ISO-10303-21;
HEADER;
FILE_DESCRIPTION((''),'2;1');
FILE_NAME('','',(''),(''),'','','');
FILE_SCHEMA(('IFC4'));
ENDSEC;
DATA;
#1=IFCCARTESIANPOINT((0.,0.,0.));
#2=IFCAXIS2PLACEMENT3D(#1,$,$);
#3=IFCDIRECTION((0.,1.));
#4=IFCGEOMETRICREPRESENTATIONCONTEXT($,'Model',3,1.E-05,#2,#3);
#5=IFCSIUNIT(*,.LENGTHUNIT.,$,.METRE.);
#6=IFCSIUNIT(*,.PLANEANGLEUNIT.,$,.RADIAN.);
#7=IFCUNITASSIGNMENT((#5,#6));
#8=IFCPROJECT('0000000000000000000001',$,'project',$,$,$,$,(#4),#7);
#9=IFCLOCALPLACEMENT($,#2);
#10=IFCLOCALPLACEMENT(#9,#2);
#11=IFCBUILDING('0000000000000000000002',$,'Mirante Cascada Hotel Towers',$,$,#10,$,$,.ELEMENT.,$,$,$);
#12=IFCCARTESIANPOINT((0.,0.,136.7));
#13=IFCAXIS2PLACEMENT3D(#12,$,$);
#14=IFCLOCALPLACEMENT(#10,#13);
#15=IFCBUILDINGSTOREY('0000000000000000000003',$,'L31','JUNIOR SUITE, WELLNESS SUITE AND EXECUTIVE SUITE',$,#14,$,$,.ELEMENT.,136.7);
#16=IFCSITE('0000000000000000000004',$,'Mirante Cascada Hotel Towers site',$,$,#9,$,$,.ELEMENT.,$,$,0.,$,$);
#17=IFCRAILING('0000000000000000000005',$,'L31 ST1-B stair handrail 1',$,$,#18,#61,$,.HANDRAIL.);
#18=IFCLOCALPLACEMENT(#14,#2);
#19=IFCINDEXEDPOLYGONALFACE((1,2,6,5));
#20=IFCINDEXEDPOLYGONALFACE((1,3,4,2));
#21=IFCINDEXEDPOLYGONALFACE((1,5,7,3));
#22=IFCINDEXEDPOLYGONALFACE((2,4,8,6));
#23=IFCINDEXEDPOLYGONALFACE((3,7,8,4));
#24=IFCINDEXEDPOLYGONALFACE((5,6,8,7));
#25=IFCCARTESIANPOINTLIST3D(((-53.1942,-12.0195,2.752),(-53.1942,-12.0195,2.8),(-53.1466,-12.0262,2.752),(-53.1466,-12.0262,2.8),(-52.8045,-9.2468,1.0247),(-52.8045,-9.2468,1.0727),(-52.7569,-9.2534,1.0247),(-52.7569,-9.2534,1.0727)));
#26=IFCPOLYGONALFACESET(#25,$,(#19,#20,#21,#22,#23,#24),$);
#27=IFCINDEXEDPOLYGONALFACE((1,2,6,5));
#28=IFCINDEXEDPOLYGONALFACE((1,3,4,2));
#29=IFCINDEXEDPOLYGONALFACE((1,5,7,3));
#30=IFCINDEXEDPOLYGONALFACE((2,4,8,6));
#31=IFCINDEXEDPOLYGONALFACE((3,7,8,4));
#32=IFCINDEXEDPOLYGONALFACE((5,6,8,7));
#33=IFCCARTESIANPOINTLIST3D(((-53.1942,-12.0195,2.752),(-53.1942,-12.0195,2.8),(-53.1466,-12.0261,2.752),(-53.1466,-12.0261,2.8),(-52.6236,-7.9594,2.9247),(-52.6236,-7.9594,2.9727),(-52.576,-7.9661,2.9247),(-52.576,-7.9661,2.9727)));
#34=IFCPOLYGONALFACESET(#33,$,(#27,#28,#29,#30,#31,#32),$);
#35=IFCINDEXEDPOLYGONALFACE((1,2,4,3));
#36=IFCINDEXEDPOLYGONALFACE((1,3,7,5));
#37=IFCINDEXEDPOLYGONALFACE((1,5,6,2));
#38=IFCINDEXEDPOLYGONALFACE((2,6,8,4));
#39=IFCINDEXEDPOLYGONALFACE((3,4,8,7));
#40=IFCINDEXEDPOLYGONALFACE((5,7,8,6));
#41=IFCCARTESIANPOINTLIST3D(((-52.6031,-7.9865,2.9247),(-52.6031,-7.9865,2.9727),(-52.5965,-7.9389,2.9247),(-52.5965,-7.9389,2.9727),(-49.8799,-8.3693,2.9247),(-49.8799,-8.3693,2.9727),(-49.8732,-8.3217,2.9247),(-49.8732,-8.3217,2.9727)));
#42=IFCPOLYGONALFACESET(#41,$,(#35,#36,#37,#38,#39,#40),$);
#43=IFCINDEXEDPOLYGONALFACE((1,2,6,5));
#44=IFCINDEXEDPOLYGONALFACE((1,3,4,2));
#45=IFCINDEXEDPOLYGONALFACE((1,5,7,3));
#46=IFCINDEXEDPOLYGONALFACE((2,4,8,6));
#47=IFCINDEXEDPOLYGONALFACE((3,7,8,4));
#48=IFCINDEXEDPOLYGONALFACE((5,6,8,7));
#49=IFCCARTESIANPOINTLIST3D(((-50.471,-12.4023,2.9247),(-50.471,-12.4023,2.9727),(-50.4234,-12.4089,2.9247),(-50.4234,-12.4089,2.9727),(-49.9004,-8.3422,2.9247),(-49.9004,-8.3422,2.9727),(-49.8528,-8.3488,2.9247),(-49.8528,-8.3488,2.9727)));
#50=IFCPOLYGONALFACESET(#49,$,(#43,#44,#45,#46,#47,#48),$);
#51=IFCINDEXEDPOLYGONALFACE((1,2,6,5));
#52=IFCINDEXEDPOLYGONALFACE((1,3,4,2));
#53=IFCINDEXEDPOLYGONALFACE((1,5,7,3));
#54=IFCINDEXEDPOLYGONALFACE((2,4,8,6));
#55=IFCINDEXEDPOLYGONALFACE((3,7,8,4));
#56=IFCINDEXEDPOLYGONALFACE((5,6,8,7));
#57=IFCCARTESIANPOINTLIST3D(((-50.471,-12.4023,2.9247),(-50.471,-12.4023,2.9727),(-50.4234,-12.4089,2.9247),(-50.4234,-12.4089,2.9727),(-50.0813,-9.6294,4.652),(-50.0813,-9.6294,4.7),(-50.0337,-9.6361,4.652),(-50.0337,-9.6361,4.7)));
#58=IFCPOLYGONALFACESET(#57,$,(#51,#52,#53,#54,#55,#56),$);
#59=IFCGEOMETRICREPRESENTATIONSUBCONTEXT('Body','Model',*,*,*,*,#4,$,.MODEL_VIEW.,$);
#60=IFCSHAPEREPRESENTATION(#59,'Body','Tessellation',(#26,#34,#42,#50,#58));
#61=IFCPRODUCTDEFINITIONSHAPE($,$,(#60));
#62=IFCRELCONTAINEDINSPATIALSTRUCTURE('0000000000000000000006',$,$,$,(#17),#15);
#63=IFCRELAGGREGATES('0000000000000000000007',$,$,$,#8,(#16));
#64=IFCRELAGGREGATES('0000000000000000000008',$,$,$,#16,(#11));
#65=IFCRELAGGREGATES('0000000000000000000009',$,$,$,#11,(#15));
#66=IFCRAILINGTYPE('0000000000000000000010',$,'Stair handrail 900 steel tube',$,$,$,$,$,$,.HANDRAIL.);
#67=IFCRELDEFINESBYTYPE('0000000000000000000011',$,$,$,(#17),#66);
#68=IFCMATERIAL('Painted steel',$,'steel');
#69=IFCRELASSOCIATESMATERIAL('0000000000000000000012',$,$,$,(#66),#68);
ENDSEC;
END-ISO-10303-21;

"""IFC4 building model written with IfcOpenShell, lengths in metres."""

from ifc_helpers import new_model, si_unit, direction, frame, origin, origin_2d, place, context, subcontext, project, spatial, rectangle, extrude, material, type_object, element, save


model = new_model("IFC4")

# Units and contexts
model_context = context("Model", 3, precision=1e-05, world=origin(), true_north=direction((0.0, 1.0)))
body_context = subcontext(model_context, "Body", "Model", "MODEL_VIEW")
ifc_project = project(units=[si_unit("LENGTHUNIT", "METRE"), si_unit("PLANEANGLEUNIT", "RADIAN")], contexts=[model_context])

# Site, building, storey
site_placement = place(None, origin())
site = spatial("IfcSite", under=ifc_project, at=site_placement, Name="Mirante Cascada Hotel Towers site", CompositionType="ELEMENT", RefElevation=0.0)
building_placement = place(site_placement, origin())
building = spatial("IfcBuilding", under=site, at=building_placement, Name="Mirante Cascada Hotel Towers", CompositionType="ELEMENT")
storey_placement = place(building_placement, frame((0.0, 0.0, 136.7)))
storey = spatial("IfcBuildingStorey", under=building, at=storey_placement, Name="L31", Description="JUNIOR SUITE, WELLNESS SUITE AND EXECUTIVE SUITE", CompositionType="ELEMENT", Elevation=136.7)

# Railing
ifc_material_1 = material(Name="Painted steel", Category="steel")
railing_type_1 = type_object("IfcRailingType", Name="Stair handrail 900 steel tube", PredefinedType="HANDRAIL", material=ifc_material_1)
railing_1_placement = place(storey_placement, frame((-52.7807, -9.2501, 0.1727)))
element("IfcRailing", 1, at=railing_1_placement, inside=storey, type_object=railing_type_1, Name="L31 ST1-B stair handrail 1", PredefinedType="HANDRAIL", context=body_context, shape_type="SweptSolid", body=[
    extrude(rectangle(XDim=0.048, YDim=0.048, at=origin_2d()), frame((0.0, 0.0, 0.876), z_axis=(-0.139181, -0.990267, 0.0), x_axis=(0.990267, -0.139181, 0.0)), (0.0, 0.525035, 0.851081), 3.2899),
    extrude(rectangle(XDim=0.048, YDim=0.048, at=origin_2d()), frame((-0.3897, -2.7727, 2.6033), z_axis=(0.139171, 0.990268, 0.0), x_axis=(-0.990268, 0.139171, 0.0)), (0.0, 0.042085, 0.999114), 4.1036),
    extrude(rectangle(XDim=0.048, YDim=0.048, at=origin_2d()), frame((0.1809, 1.2874, 2.776), z_axis=(0.990264, -0.139201, 0.0), x_axis=(0.139201, 0.990264, 0.0)), (0.0, 0.0, 1.0), 2.75),
    extrude(rectangle(XDim=0.048, YDim=0.048, at=origin_2d()), frame((2.9041, 0.9046, 2.776), z_axis=(-0.139171, -0.990268, 0.0), x_axis=(0.990268, -0.139171, 0.0)), (0.0, 0.0, 1.0), 4.1),
    extrude(rectangle(XDim=0.048, YDim=0.048, at=origin_2d()), frame((2.3335, -3.1555, 2.776), z_axis=(0.139176, 0.990268, 0.0), x_axis=(-0.990268, 0.139176, 0.0)), (0.0, 0.525021, 0.851089), 3.29),
])

save(model, "model.ifc")
